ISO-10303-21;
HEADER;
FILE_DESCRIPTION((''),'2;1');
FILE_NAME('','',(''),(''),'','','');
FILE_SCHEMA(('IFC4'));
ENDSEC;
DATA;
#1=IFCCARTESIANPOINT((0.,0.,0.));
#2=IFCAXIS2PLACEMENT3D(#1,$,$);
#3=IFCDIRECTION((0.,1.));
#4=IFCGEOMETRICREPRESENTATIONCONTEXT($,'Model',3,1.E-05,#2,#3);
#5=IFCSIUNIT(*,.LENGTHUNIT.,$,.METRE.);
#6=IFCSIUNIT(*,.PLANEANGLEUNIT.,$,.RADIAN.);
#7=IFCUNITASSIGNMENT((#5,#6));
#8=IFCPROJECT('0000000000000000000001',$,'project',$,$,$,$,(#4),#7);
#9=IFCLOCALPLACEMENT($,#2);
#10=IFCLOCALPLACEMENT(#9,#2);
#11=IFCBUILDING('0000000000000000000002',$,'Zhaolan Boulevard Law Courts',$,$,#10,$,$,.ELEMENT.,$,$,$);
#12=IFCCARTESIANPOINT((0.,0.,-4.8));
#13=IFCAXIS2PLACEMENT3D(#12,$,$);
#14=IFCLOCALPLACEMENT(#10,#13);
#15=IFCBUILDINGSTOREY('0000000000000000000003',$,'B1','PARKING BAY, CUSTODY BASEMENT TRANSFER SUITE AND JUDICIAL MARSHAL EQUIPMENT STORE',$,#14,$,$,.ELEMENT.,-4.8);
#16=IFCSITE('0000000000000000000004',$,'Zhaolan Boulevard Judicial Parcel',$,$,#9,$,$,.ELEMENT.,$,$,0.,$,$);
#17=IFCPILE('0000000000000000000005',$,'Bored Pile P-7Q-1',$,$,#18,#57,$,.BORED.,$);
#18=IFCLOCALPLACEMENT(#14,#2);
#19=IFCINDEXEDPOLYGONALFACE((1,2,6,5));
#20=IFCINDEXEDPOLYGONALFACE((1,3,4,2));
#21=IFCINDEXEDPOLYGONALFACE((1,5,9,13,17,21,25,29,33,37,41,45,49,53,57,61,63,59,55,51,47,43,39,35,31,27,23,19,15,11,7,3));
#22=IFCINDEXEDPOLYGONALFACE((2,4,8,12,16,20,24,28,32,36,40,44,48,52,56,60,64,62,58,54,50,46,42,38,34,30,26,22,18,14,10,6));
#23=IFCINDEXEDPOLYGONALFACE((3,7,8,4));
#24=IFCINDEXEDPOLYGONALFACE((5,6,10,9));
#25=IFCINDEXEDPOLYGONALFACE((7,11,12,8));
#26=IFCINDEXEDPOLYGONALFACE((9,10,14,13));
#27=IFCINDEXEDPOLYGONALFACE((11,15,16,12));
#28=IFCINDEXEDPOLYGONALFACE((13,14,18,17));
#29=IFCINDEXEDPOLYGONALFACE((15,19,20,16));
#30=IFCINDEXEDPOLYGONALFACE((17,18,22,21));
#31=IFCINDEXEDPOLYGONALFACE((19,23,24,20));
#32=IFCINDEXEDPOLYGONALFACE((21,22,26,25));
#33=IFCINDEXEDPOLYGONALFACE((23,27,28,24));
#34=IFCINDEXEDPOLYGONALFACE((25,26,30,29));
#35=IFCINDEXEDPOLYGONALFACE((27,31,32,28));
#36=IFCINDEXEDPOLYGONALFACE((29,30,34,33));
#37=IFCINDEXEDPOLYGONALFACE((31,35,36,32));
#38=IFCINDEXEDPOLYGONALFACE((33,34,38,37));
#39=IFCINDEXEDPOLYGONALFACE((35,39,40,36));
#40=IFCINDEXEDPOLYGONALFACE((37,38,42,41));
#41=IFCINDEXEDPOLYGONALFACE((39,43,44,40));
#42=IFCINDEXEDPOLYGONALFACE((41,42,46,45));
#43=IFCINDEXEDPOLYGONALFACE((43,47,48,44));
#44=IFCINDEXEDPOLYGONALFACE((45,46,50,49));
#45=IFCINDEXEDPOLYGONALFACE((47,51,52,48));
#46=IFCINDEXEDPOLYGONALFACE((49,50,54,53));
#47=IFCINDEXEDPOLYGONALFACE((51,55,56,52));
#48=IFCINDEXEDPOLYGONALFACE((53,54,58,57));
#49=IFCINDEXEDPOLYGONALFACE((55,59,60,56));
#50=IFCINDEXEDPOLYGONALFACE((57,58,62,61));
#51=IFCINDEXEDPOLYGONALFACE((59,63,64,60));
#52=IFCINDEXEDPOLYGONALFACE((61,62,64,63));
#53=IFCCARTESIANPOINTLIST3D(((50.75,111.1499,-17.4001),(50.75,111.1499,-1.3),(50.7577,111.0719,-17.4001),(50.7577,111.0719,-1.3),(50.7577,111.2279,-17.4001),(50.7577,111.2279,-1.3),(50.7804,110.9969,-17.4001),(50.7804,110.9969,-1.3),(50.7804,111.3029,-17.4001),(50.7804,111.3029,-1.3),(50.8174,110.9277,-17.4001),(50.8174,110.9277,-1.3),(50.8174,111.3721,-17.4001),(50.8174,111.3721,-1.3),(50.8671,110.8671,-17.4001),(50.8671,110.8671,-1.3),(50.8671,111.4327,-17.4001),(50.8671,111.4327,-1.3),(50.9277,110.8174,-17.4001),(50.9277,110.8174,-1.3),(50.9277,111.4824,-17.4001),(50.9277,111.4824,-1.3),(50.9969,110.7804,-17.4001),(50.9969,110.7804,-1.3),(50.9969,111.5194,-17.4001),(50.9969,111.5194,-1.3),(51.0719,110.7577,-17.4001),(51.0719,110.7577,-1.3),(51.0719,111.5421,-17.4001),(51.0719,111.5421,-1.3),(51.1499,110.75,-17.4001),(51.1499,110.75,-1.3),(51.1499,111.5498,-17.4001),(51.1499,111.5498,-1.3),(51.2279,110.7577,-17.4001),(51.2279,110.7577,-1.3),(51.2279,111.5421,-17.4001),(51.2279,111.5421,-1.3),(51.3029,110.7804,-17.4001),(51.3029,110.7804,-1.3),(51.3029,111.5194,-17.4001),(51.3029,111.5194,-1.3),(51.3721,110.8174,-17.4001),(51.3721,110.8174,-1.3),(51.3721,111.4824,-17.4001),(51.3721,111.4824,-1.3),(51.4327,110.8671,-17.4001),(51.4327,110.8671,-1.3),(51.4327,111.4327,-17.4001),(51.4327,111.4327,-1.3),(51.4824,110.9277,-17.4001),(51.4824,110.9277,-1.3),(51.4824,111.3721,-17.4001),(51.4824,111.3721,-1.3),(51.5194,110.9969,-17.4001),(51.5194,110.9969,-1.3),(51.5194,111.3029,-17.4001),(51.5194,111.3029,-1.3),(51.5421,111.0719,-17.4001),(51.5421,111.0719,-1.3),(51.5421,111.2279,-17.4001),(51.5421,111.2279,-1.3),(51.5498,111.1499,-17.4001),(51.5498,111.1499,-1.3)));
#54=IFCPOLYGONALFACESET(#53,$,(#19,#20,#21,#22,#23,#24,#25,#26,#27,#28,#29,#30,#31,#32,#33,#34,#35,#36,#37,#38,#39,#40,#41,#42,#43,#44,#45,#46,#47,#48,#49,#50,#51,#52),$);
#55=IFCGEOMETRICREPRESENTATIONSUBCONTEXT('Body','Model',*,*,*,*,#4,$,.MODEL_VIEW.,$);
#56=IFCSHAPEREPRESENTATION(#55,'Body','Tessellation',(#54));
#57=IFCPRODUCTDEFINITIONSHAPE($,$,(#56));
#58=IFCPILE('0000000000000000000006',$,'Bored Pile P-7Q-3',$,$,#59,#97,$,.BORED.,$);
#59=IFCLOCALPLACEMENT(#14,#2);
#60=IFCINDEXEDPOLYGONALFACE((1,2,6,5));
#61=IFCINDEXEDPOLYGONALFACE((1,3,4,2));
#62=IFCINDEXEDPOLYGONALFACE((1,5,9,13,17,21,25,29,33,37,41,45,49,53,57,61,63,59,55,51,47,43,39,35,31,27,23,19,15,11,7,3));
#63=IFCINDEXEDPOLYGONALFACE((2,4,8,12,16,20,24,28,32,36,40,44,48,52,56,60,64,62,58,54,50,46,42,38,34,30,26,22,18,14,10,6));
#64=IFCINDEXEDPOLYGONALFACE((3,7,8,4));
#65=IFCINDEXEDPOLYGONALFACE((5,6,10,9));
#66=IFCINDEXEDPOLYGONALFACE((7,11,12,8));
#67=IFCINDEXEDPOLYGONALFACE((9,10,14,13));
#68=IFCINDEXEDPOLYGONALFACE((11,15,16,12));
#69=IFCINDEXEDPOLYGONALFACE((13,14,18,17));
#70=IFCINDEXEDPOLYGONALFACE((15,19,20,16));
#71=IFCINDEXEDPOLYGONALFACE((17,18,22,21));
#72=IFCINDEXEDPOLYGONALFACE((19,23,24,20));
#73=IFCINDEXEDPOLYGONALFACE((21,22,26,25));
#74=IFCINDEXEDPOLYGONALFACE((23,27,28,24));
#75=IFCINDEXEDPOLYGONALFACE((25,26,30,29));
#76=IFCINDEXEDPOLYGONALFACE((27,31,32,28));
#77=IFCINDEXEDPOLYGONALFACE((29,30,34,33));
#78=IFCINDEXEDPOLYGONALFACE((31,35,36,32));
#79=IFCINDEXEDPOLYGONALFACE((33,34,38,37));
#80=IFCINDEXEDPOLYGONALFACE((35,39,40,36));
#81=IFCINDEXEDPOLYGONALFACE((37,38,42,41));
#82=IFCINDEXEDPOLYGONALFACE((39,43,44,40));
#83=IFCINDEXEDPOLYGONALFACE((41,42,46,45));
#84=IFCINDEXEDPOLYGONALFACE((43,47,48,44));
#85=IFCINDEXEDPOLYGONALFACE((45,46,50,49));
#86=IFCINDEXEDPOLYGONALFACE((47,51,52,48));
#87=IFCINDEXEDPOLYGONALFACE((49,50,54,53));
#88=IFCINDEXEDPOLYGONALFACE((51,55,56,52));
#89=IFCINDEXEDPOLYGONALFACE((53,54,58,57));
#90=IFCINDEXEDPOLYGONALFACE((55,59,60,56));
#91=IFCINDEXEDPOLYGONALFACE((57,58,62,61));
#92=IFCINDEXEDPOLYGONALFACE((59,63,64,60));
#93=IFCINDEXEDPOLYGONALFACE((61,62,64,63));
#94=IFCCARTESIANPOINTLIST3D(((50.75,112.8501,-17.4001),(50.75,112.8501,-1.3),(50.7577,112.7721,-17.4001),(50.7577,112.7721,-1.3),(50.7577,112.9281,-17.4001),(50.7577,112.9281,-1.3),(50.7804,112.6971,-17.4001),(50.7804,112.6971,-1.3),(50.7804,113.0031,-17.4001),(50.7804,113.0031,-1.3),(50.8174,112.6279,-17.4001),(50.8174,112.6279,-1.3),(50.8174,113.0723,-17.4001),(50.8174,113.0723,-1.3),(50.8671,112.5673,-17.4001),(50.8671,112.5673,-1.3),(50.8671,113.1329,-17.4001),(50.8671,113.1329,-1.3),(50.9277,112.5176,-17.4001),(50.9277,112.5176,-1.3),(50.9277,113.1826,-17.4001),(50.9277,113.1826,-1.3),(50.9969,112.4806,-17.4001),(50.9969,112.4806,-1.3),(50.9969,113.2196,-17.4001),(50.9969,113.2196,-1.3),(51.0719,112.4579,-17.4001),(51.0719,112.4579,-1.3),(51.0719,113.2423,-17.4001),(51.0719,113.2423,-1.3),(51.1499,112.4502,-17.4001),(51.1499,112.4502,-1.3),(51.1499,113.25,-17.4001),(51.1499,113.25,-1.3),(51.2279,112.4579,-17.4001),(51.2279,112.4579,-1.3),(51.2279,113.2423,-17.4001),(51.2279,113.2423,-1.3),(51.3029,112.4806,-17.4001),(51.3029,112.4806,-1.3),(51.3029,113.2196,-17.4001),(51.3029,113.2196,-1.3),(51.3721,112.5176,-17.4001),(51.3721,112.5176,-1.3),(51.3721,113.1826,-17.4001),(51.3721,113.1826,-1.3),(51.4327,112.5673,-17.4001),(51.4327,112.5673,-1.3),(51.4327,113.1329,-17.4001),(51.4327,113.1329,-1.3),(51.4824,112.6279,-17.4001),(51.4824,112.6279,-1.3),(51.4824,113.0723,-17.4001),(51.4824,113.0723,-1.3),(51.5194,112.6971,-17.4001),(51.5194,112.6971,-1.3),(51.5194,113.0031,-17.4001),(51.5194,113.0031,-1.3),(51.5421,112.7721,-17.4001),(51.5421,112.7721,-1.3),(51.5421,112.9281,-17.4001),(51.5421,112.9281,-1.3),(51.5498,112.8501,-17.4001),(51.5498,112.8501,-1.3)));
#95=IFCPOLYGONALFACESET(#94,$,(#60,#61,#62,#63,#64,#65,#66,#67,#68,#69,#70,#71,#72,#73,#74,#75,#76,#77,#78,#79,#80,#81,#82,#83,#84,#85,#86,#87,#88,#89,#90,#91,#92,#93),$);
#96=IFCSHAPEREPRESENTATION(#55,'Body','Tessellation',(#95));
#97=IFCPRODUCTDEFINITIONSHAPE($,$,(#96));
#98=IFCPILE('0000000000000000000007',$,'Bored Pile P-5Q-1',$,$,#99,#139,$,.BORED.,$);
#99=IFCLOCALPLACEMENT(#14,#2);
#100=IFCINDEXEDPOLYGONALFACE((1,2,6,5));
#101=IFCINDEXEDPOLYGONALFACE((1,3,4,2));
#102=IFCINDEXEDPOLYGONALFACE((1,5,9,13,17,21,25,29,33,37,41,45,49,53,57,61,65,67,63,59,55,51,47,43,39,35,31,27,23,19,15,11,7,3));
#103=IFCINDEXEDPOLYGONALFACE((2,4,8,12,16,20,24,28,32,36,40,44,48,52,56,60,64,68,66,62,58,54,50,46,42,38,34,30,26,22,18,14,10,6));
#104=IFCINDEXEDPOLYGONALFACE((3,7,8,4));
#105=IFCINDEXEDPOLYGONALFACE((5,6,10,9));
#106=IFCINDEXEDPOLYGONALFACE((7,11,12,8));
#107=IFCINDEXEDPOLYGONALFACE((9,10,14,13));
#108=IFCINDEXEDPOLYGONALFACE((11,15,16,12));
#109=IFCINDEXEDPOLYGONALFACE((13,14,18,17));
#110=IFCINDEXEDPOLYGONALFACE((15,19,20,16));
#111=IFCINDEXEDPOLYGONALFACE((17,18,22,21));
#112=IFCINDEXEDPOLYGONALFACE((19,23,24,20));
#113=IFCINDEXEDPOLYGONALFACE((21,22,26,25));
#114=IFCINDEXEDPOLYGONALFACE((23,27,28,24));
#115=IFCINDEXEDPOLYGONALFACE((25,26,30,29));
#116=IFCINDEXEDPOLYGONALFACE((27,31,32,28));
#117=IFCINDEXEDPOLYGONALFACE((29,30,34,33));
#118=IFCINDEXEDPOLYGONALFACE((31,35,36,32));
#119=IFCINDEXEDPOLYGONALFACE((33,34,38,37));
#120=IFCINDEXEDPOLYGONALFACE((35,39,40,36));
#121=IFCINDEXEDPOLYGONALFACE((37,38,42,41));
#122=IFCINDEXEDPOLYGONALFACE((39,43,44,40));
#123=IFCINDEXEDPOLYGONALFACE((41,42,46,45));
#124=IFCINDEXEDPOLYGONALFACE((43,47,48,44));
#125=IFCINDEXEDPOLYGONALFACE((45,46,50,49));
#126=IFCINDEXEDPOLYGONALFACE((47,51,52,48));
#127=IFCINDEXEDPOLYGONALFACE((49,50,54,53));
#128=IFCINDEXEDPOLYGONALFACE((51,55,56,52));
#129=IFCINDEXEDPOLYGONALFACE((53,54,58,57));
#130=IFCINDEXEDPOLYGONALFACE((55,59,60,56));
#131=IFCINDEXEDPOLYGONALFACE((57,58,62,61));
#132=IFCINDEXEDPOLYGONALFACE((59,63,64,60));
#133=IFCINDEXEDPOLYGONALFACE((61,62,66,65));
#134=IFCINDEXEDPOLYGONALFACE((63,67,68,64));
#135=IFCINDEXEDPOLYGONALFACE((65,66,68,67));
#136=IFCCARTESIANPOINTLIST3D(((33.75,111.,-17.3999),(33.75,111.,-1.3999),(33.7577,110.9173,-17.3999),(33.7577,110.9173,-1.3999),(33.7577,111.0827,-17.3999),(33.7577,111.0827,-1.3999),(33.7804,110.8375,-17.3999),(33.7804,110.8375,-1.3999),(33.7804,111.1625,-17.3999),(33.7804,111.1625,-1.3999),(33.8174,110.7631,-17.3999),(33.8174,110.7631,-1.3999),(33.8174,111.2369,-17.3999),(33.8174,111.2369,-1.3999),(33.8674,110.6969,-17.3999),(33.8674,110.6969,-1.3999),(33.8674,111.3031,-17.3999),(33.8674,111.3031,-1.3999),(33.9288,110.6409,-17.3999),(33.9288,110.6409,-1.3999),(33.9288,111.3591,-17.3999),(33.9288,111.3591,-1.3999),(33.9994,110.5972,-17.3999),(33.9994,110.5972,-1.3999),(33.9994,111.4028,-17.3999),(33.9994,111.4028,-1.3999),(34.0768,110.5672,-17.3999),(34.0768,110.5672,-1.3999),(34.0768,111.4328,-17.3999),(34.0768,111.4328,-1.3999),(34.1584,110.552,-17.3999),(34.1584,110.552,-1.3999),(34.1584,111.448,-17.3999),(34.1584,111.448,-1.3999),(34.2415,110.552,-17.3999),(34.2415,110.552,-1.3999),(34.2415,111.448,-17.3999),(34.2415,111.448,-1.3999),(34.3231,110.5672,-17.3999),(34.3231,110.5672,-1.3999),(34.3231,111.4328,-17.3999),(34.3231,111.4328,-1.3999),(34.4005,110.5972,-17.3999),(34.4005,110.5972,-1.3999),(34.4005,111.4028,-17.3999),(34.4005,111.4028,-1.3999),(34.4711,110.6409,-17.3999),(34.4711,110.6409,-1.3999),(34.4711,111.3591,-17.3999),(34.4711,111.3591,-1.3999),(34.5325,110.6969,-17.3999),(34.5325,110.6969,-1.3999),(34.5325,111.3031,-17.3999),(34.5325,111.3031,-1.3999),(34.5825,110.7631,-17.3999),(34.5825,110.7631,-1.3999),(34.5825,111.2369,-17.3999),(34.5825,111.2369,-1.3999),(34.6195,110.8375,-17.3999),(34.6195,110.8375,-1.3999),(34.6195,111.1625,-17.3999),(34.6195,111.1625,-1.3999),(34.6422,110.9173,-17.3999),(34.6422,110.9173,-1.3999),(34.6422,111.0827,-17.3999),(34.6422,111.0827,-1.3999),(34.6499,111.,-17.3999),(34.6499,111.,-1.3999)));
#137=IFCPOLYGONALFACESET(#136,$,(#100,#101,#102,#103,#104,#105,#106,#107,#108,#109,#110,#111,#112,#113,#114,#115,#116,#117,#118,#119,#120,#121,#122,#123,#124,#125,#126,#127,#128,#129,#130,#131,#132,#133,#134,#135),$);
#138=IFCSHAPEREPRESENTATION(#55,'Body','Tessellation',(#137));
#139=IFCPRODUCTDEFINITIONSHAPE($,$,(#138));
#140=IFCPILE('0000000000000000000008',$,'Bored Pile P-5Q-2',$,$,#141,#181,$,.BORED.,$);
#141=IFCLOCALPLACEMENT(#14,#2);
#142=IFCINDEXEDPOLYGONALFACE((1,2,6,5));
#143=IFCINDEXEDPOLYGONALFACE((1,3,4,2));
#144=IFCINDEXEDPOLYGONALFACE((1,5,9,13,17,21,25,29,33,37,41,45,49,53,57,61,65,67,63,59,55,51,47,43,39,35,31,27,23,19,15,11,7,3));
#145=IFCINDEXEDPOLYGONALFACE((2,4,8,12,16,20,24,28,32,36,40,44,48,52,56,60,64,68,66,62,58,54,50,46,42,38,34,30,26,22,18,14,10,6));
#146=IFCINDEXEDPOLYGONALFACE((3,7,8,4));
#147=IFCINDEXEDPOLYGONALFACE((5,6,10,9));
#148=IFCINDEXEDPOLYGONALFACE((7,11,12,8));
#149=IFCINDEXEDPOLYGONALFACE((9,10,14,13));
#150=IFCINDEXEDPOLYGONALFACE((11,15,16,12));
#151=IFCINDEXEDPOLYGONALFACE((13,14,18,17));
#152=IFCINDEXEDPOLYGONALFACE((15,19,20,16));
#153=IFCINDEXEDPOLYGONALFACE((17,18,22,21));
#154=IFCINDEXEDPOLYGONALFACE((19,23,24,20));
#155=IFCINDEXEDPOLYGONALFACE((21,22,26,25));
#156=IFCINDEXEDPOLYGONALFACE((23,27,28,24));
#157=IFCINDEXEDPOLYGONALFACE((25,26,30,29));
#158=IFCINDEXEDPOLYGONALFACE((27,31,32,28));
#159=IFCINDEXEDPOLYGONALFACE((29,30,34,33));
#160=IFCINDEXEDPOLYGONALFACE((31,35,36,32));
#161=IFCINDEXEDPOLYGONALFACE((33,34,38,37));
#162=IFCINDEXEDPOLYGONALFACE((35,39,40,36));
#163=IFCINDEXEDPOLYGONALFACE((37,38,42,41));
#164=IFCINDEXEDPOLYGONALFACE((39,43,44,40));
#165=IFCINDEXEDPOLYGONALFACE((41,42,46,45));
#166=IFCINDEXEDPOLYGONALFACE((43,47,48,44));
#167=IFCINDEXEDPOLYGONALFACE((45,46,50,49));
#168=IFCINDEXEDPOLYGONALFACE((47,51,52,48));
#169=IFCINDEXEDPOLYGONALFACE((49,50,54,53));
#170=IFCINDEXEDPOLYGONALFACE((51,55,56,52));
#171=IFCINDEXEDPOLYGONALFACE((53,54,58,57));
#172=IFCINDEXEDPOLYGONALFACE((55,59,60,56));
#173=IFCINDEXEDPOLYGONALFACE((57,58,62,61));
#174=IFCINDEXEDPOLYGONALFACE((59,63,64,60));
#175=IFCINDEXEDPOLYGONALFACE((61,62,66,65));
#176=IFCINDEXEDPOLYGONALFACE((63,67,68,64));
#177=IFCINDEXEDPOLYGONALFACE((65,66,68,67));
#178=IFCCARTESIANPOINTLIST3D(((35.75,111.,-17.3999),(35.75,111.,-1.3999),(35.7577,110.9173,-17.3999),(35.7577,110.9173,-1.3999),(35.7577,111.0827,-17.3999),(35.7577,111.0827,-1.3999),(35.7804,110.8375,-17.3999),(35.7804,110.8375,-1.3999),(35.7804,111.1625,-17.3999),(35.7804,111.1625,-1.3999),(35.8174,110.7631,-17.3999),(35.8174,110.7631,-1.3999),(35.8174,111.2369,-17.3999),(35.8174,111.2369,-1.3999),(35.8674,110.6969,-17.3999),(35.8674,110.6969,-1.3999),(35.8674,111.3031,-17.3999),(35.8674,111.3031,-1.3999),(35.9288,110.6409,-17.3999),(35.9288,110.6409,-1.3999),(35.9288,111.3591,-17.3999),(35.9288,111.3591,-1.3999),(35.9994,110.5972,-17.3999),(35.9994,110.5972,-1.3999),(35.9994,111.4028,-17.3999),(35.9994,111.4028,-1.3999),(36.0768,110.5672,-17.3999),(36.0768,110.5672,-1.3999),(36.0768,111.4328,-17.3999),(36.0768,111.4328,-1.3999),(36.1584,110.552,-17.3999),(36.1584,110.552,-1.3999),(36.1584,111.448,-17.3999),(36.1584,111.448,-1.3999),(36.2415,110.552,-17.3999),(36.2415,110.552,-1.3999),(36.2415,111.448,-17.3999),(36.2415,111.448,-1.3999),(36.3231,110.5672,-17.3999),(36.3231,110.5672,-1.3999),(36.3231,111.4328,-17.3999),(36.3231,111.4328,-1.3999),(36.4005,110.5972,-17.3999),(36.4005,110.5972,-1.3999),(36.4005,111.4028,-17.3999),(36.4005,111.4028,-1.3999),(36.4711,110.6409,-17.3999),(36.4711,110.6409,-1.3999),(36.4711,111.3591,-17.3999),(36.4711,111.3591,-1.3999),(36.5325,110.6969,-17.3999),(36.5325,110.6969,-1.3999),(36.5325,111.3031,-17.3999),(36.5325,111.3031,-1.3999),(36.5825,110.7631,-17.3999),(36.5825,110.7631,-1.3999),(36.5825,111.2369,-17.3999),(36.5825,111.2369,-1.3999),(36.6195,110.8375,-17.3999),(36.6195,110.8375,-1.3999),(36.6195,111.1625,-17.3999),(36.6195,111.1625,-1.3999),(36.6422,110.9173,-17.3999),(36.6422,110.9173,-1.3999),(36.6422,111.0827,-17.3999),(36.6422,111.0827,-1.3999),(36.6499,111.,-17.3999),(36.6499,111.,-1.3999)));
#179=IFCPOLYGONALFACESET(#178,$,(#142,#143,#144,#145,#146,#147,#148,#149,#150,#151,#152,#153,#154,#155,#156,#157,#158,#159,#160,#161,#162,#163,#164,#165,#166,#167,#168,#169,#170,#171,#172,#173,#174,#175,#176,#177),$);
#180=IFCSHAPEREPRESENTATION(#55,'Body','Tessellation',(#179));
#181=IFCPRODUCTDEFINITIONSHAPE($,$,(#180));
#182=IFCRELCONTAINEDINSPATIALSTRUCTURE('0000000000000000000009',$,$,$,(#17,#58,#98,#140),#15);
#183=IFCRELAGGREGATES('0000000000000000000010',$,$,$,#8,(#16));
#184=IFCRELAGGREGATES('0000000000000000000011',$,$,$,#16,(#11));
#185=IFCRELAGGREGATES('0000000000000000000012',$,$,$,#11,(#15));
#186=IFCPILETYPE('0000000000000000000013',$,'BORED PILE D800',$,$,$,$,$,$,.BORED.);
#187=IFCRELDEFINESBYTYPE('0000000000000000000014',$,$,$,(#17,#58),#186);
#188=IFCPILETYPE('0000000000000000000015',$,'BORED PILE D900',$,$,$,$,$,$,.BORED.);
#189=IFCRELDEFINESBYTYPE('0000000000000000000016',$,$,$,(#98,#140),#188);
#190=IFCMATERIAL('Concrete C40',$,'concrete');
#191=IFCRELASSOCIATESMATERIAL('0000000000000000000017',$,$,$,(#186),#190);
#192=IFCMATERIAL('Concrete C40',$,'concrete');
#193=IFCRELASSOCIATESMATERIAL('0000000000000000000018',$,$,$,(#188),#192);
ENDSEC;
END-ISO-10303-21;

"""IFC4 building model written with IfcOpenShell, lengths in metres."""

from ifc_helpers import new_model, si_unit, direction, frame, origin, origin_2d, place, context, subcontext, project, spatial, circle, extrude, material, material_profile, profile_set, type_object, element, save


model = new_model("IFC4")

# Units and contexts
model_context = context("Model", 3, precision=1e-05, world=origin(), true_north=direction((0.0, 1.0)))
body_context = subcontext(model_context, "Body", "Model", "MODEL_VIEW")
ifc_project = project(units=[si_unit("LENGTHUNIT", "METRE"), si_unit("PLANEANGLEUNIT", "RADIAN")], contexts=[model_context])

# Site, building, storey
site_placement = place(None, origin())
site = spatial("IfcSite", under=ifc_project, at=site_placement, Name="Zhaolan Boulevard Judicial Parcel", CompositionType="ELEMENT", RefElevation=0.0)
building_placement = place(site_placement, origin())
building = spatial("IfcBuilding", under=site, at=building_placement, Name="Zhaolan Boulevard Law Courts", CompositionType="ELEMENT")
storey_placement = place(building_placement, frame((0.0, 0.0, -4.8)))
storey = spatial("IfcBuildingStorey", under=building, at=storey_placement, Name="B1", Description="PARKING BAY, CUSTODY BASEMENT TRANSFER SUITE AND JUDICIAL MARSHAL EQUIPMENT STORE", CompositionType="ELEMENT", Elevation=-4.8)

# Piles
ifc_material_1 = material(Name="Concrete C40", Category="concrete")
ifc_material_profile_1 = material_profile(ifc_material_1, circle(Radius=0.3999, at=origin_2d()), Name="PILE-D800")
ifc_profile_set_1 = profile_set([ifc_material_profile_1], Name="Concrete C40")
pile_type_1 = type_object("IfcPileType", Name="BORED PILE D800", PredefinedType="BORED", material=ifc_profile_set_1)
for number, where, z_axis, x_axis, name in (
    (1, (51.1499, 111.1499, -1.3), (0.0, 0.0, -1.0), (1.0, 0.0, 0.0), "Bored Pile P-7Q-1"),
    (2, (51.1499, 112.8501, -1.3), (0.0, 0.0, -1.0), (1.0, 0.0, 0.0), "Bored Pile P-7Q-3"),
):
    element("IfcPile", number, at=place(storey_placement, frame(where, z_axis=z_axis, x_axis=x_axis)), inside=storey, type_object=pile_type_1, Name=name, PredefinedType="BORED", context=body_context, shape_type="SweptSolid", body=[
        extrude(circle(Radius=0.3999, at=origin_2d()), origin(), (0.0, 0.0, 1.0), 16.1001),
    ])
ifc_material_2 = material(Name="Concrete C40", Category="concrete")
ifc_material_profile_2 = material_profile(ifc_material_2, circle(Radius=0.45, at=origin_2d()), Name="PILE-D900")
ifc_profile_set_2 = profile_set([ifc_material_profile_2], Name="Concrete C40")
pile_type_2 = type_object("IfcPileType", Name="BORED PILE D900", PredefinedType="BORED", material=ifc_profile_set_2)
for number, where, z_axis, x_axis, name in (
    (3, (34.2, 111.0, -1.3999), (0.0, 0.0, -1.0), (1.0, 0.0, 0.0), "Bored Pile P-5Q-1"),
    (4, (36.2, 111.0, -1.3999), (0.0, 0.0, -1.0), (1.0, 0.0, 0.0), "Bored Pile P-5Q-2"),
):
    element("IfcPile", number, at=place(storey_placement, frame(where, z_axis=z_axis, x_axis=x_axis)), inside=storey, type_object=pile_type_2, Name=name, PredefinedType="BORED", context=body_context, shape_type="SweptSolid", body=[
        extrude(circle(Radius=0.45, at=origin_2d()), origin(), (0.0, 0.0, 1.0), 16.0),
    ])

save(model, "model.ifc")
